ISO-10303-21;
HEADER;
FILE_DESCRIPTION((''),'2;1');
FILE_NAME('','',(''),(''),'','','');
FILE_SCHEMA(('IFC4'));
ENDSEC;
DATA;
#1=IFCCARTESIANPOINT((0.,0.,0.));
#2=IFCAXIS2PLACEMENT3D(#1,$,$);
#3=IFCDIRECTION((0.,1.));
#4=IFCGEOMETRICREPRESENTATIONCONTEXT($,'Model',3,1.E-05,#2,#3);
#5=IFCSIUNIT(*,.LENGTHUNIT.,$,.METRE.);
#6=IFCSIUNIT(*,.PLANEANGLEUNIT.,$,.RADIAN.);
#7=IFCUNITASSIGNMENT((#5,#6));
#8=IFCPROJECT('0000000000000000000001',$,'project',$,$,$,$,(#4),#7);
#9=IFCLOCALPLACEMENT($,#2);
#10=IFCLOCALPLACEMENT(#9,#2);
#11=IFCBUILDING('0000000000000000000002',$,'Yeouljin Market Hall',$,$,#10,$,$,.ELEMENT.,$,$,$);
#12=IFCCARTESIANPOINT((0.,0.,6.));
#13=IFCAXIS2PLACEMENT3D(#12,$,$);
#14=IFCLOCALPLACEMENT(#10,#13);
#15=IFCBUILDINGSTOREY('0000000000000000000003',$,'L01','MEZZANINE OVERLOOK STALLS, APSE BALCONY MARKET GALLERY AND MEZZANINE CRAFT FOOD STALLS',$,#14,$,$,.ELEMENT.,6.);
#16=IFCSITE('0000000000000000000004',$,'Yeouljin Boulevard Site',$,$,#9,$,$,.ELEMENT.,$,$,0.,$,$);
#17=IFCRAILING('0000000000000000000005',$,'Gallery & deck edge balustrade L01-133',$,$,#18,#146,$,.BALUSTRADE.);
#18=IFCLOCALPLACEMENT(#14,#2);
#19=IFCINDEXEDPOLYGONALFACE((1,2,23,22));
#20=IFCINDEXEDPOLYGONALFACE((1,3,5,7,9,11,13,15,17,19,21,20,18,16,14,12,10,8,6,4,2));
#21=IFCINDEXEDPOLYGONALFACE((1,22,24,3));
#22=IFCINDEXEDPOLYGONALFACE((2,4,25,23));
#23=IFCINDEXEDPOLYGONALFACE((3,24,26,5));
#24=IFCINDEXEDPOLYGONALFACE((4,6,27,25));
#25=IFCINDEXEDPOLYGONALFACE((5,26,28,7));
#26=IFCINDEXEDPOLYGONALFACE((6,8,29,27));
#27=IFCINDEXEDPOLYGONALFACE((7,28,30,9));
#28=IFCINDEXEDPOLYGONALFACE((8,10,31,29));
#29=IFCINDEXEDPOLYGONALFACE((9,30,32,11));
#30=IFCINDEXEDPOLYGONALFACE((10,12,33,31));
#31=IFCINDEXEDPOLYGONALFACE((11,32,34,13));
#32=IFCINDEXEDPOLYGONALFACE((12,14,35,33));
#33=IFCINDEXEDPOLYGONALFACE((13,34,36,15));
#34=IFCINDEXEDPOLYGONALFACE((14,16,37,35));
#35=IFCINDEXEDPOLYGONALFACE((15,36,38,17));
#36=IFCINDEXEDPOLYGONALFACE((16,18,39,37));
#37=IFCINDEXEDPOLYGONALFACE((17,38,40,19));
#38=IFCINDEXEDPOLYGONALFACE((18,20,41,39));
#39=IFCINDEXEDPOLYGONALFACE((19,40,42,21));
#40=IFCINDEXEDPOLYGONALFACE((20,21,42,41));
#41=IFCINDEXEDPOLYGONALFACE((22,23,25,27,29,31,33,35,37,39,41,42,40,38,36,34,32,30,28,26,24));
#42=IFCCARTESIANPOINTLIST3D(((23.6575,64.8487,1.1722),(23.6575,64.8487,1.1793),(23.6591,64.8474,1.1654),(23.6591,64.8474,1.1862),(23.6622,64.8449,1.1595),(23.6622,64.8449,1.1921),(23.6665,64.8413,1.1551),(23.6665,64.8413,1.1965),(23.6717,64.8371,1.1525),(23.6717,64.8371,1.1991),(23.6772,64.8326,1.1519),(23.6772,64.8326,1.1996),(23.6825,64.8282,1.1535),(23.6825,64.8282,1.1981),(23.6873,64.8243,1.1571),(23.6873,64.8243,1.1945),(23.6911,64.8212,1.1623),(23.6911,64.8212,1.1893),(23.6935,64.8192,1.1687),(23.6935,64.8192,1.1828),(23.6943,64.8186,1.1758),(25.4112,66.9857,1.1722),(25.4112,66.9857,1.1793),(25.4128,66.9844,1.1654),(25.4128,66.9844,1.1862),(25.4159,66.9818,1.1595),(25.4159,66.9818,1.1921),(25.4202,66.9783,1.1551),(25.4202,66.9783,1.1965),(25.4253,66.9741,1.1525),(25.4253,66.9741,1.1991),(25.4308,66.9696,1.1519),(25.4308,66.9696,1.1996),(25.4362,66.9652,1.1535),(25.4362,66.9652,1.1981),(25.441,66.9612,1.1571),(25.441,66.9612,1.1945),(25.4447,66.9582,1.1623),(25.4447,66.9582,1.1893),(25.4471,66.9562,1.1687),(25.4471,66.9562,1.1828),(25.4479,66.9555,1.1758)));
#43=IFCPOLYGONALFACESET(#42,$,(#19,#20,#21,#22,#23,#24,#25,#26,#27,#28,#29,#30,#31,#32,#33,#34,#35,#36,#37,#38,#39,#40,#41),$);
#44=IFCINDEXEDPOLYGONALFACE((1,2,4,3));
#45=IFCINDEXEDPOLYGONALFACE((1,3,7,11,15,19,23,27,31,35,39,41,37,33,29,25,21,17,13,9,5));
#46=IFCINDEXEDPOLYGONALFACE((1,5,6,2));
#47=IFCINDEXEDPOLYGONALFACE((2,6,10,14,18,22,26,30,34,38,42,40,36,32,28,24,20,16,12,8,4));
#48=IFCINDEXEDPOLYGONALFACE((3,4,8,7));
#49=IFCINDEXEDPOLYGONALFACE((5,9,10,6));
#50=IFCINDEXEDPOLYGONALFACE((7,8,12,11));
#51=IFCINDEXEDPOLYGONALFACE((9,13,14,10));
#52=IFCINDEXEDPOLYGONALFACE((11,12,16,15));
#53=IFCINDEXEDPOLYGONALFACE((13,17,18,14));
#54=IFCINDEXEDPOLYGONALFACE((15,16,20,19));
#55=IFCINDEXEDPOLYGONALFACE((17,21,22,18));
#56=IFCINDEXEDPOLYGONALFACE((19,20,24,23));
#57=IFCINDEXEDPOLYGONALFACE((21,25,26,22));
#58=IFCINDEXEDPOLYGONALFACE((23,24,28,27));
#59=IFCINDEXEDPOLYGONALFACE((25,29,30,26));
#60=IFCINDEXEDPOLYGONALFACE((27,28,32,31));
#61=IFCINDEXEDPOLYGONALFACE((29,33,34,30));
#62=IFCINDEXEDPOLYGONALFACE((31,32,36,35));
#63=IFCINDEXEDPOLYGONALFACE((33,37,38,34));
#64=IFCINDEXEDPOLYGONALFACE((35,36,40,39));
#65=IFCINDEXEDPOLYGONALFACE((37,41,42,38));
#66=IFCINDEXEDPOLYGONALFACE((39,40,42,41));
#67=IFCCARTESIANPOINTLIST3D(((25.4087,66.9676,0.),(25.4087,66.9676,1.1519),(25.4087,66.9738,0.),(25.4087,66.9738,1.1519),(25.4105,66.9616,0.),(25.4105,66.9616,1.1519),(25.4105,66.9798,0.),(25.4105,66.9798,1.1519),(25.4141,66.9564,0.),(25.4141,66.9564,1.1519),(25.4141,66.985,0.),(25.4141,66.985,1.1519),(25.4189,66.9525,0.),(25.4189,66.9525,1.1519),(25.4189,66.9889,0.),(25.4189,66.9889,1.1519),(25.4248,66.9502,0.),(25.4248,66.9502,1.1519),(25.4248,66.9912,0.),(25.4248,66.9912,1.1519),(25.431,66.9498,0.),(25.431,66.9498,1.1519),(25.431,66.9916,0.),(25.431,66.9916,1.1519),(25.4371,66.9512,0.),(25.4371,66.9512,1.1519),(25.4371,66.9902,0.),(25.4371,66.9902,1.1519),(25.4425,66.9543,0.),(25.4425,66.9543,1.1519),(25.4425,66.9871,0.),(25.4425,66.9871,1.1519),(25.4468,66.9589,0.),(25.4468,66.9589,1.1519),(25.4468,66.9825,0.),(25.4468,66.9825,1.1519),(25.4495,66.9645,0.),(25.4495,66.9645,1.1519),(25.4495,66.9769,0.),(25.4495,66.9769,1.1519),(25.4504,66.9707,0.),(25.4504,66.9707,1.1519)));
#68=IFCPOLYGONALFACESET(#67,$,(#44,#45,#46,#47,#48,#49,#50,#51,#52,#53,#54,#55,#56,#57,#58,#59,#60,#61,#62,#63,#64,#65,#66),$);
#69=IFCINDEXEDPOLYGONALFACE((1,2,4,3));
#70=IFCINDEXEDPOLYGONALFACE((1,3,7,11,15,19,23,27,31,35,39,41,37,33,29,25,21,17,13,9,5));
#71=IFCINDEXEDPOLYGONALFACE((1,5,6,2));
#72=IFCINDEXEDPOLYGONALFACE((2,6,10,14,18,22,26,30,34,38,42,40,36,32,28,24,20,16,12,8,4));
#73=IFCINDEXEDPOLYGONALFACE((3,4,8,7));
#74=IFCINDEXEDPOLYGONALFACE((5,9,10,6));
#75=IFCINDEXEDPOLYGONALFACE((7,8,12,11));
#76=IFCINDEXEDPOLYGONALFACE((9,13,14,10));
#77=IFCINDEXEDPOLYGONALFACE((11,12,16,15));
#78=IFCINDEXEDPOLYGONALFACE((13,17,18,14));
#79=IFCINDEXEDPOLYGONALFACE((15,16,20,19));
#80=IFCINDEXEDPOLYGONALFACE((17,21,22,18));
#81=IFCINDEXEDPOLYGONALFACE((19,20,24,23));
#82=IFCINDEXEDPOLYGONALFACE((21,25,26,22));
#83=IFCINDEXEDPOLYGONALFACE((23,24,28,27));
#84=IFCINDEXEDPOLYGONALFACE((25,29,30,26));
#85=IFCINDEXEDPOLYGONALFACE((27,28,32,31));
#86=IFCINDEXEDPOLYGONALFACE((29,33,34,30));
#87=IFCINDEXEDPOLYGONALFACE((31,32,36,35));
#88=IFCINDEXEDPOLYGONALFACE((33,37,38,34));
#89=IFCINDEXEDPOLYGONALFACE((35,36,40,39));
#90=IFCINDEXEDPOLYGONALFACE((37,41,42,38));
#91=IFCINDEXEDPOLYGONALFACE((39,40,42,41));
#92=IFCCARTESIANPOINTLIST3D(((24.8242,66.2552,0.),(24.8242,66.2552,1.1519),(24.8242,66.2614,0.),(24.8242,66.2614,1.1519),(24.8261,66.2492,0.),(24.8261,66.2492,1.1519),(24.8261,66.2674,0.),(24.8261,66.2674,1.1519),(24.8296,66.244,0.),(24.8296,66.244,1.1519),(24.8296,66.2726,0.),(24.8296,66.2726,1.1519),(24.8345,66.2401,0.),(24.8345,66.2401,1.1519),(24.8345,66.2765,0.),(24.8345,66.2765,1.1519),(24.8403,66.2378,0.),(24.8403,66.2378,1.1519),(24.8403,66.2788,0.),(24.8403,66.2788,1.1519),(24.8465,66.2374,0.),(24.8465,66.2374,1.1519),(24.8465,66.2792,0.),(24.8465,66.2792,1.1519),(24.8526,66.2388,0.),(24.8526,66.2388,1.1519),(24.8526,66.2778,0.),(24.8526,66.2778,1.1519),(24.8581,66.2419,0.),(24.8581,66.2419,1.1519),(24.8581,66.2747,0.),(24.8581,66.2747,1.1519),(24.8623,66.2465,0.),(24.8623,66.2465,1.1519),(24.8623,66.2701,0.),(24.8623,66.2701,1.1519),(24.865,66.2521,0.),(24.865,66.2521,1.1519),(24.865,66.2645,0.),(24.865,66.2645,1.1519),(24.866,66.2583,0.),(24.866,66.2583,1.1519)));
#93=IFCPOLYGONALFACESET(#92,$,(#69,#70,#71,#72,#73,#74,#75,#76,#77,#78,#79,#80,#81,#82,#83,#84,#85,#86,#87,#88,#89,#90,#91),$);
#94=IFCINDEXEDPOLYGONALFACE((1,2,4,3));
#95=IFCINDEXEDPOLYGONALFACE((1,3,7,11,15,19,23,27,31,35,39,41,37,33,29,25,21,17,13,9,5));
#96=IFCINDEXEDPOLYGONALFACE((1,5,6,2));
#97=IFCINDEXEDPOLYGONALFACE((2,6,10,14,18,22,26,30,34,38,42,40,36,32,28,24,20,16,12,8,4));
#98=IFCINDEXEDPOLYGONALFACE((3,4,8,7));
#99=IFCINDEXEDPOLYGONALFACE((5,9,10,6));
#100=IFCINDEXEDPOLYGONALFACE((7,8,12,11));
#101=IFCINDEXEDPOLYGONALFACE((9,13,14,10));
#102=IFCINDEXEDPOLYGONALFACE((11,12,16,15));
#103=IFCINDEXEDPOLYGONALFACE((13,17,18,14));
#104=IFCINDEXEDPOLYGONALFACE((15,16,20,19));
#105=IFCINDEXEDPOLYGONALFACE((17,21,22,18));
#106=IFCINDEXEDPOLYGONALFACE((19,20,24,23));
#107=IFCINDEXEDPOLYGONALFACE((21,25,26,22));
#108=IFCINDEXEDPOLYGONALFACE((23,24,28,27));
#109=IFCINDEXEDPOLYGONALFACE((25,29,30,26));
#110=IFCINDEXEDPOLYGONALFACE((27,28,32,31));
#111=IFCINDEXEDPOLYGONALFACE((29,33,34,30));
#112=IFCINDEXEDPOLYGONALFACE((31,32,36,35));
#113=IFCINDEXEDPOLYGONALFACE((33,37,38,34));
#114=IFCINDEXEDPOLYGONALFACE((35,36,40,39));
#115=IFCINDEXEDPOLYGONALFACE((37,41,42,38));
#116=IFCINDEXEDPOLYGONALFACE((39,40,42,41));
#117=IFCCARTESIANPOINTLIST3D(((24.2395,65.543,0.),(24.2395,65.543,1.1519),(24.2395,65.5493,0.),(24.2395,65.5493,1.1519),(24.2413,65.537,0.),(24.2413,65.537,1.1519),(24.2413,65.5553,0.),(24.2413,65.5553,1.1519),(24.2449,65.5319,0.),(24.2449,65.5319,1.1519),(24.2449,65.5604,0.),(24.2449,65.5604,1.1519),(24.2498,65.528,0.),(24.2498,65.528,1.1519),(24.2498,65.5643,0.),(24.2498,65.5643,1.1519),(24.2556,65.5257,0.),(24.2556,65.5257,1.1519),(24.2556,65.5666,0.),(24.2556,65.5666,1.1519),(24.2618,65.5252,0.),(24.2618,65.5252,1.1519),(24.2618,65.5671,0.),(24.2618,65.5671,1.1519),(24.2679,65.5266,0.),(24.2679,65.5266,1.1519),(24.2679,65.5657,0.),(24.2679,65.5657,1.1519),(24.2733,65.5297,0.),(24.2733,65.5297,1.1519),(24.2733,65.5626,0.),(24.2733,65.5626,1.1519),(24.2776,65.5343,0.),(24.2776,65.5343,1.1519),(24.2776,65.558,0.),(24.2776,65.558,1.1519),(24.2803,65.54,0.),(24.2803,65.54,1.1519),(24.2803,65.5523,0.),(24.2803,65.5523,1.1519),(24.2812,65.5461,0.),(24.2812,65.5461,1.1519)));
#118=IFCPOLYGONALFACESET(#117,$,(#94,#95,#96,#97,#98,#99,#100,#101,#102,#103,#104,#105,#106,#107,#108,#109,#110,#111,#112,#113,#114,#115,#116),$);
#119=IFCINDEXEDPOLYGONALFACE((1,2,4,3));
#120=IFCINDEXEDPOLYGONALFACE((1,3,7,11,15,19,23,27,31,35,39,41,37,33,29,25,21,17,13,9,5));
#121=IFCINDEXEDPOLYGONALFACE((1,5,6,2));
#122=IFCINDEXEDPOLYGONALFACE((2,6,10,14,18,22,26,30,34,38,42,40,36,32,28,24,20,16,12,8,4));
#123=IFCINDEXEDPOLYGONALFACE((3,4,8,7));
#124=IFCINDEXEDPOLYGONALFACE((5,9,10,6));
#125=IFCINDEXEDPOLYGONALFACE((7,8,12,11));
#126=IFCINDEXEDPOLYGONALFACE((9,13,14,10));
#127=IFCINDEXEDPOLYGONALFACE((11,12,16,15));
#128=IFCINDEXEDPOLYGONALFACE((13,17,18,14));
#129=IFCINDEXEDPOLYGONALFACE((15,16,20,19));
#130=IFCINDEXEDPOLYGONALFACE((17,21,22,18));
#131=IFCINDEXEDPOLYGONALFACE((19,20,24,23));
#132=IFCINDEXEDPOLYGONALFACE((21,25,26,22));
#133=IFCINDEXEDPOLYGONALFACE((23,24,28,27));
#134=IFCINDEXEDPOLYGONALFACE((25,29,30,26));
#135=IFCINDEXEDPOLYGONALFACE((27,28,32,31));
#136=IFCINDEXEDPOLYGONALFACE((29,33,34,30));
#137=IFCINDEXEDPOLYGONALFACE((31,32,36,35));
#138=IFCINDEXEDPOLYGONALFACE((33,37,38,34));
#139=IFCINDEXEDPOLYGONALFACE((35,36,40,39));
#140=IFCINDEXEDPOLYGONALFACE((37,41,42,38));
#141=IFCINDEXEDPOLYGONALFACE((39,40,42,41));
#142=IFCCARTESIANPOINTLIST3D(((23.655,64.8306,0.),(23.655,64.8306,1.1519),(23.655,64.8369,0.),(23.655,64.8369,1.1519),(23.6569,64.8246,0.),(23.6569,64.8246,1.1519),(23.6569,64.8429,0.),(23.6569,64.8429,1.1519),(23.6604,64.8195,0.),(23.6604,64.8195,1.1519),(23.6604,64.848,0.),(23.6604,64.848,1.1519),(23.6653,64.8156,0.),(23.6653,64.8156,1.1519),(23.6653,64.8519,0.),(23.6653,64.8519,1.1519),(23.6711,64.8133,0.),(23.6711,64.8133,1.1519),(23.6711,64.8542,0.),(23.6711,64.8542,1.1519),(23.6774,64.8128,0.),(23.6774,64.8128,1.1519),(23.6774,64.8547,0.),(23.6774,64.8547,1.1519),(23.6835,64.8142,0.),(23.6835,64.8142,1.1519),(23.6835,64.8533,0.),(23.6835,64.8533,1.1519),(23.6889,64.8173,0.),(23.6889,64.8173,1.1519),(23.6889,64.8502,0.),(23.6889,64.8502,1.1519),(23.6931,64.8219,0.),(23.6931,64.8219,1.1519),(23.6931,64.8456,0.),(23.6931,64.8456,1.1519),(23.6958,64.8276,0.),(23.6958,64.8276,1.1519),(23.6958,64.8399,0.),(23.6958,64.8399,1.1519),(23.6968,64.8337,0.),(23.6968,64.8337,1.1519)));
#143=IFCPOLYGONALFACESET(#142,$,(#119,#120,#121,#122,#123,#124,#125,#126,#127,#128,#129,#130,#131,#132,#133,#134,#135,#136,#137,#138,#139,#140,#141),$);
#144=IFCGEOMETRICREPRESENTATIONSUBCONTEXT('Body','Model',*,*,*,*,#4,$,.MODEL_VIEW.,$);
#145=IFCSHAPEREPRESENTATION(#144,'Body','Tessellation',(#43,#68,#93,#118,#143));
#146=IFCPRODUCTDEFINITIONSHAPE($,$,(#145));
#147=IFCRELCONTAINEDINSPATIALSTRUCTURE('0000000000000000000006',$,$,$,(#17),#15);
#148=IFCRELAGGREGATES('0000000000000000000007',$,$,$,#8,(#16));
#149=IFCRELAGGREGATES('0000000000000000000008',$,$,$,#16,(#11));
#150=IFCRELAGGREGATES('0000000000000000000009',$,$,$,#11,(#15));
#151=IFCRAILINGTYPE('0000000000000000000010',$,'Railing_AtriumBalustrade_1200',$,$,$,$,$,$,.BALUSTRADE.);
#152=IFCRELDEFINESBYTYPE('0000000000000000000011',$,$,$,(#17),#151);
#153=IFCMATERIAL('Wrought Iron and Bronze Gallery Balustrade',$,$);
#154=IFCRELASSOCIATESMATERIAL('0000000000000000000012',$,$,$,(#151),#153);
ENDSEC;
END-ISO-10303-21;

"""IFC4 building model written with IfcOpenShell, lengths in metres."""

from ifc_helpers import new_model, si_unit, direction, frame, origin, origin_2d, place, context, subcontext, project, spatial, circle, extrude, material, type_object, element, save


model = new_model("IFC4")

# Units and contexts
model_context = context("Model", 3, precision=1e-05, world=origin(), true_north=direction((0.0, 1.0)))
body_context = subcontext(model_context, "Body", "Model", "MODEL_VIEW")
ifc_project = project(units=[si_unit("LENGTHUNIT", "METRE"), si_unit("PLANEANGLEUNIT", "RADIAN")], contexts=[model_context])

# Site, building, storey
site_placement = place(None, origin())
site = spatial("IfcSite", under=ifc_project, at=site_placement, Name="Yeouljin Boulevard Site", CompositionType="ELEMENT", RefElevation=0.0)
building_placement = place(site_placement, origin())
building = spatial("IfcBuilding", under=site, at=building_placement, Name="Yeouljin Market Hall", CompositionType="ELEMENT")
storey_placement = place(building_placement, frame((0.0, 0.0, 6.0)))
storey = spatial("IfcBuildingStorey", under=building, at=storey_placement, Name="L01", Description="MEZZANINE OVERLOOK STALLS, APSE BALCONY MARKET GALLERY AND MEZZANINE CRAFT FOOD STALLS", CompositionType="ELEMENT", Elevation=6.0)

# Railing
ifc_material_1 = material(Name="Wrought Iron and Bronze Gallery Balustrade")
railing_type = type_object("IfcRailingType", Name="Railing_AtriumBalustrade_1200", PredefinedType="BALUSTRADE", material=ifc_material_1)
railing_1_placement = place(storey_placement, frame((25.4294, 66.9707, 0.0)))
element("IfcRailing", 1, at=railing_1_placement, inside=storey, type_object=railing_type, Name="Gallery & deck edge balustrade L01-133", PredefinedType="BALUSTRADE", context=body_context, shape_type="SweptSolid", body=[
    extrude(circle(Radius=0.0239, at=origin_2d()), frame((0.0, 0.0, 1.1758), z_axis=(-0.634372, -0.773028, 0.0), x_axis=(0.773028, -0.634372, 0.0)), (0.0, 0.0, 1.0), 2.7644),
    extrude(circle(Radius=0.021, at=origin_2d()), origin(), (0.0, 0.0, 1.0), 1.1519),
    extrude(circle(Radius=0.021, at=origin_2d()), frame((-0.5845, -0.7124, 0.0)), (0.0, 0.0, 1.0), 1.1519),
    extrude(circle(Radius=0.021, at=origin_2d()), frame((-1.1692, -1.4246, 0.0)), (0.0, 0.0, 1.0), 1.1519),
    extrude(circle(Radius=0.021, at=origin_2d()), frame((-1.7537, -2.137, 0.0)), (0.0, 0.0, 1.0), 1.1519),
])

save(model, "model.ifc")
